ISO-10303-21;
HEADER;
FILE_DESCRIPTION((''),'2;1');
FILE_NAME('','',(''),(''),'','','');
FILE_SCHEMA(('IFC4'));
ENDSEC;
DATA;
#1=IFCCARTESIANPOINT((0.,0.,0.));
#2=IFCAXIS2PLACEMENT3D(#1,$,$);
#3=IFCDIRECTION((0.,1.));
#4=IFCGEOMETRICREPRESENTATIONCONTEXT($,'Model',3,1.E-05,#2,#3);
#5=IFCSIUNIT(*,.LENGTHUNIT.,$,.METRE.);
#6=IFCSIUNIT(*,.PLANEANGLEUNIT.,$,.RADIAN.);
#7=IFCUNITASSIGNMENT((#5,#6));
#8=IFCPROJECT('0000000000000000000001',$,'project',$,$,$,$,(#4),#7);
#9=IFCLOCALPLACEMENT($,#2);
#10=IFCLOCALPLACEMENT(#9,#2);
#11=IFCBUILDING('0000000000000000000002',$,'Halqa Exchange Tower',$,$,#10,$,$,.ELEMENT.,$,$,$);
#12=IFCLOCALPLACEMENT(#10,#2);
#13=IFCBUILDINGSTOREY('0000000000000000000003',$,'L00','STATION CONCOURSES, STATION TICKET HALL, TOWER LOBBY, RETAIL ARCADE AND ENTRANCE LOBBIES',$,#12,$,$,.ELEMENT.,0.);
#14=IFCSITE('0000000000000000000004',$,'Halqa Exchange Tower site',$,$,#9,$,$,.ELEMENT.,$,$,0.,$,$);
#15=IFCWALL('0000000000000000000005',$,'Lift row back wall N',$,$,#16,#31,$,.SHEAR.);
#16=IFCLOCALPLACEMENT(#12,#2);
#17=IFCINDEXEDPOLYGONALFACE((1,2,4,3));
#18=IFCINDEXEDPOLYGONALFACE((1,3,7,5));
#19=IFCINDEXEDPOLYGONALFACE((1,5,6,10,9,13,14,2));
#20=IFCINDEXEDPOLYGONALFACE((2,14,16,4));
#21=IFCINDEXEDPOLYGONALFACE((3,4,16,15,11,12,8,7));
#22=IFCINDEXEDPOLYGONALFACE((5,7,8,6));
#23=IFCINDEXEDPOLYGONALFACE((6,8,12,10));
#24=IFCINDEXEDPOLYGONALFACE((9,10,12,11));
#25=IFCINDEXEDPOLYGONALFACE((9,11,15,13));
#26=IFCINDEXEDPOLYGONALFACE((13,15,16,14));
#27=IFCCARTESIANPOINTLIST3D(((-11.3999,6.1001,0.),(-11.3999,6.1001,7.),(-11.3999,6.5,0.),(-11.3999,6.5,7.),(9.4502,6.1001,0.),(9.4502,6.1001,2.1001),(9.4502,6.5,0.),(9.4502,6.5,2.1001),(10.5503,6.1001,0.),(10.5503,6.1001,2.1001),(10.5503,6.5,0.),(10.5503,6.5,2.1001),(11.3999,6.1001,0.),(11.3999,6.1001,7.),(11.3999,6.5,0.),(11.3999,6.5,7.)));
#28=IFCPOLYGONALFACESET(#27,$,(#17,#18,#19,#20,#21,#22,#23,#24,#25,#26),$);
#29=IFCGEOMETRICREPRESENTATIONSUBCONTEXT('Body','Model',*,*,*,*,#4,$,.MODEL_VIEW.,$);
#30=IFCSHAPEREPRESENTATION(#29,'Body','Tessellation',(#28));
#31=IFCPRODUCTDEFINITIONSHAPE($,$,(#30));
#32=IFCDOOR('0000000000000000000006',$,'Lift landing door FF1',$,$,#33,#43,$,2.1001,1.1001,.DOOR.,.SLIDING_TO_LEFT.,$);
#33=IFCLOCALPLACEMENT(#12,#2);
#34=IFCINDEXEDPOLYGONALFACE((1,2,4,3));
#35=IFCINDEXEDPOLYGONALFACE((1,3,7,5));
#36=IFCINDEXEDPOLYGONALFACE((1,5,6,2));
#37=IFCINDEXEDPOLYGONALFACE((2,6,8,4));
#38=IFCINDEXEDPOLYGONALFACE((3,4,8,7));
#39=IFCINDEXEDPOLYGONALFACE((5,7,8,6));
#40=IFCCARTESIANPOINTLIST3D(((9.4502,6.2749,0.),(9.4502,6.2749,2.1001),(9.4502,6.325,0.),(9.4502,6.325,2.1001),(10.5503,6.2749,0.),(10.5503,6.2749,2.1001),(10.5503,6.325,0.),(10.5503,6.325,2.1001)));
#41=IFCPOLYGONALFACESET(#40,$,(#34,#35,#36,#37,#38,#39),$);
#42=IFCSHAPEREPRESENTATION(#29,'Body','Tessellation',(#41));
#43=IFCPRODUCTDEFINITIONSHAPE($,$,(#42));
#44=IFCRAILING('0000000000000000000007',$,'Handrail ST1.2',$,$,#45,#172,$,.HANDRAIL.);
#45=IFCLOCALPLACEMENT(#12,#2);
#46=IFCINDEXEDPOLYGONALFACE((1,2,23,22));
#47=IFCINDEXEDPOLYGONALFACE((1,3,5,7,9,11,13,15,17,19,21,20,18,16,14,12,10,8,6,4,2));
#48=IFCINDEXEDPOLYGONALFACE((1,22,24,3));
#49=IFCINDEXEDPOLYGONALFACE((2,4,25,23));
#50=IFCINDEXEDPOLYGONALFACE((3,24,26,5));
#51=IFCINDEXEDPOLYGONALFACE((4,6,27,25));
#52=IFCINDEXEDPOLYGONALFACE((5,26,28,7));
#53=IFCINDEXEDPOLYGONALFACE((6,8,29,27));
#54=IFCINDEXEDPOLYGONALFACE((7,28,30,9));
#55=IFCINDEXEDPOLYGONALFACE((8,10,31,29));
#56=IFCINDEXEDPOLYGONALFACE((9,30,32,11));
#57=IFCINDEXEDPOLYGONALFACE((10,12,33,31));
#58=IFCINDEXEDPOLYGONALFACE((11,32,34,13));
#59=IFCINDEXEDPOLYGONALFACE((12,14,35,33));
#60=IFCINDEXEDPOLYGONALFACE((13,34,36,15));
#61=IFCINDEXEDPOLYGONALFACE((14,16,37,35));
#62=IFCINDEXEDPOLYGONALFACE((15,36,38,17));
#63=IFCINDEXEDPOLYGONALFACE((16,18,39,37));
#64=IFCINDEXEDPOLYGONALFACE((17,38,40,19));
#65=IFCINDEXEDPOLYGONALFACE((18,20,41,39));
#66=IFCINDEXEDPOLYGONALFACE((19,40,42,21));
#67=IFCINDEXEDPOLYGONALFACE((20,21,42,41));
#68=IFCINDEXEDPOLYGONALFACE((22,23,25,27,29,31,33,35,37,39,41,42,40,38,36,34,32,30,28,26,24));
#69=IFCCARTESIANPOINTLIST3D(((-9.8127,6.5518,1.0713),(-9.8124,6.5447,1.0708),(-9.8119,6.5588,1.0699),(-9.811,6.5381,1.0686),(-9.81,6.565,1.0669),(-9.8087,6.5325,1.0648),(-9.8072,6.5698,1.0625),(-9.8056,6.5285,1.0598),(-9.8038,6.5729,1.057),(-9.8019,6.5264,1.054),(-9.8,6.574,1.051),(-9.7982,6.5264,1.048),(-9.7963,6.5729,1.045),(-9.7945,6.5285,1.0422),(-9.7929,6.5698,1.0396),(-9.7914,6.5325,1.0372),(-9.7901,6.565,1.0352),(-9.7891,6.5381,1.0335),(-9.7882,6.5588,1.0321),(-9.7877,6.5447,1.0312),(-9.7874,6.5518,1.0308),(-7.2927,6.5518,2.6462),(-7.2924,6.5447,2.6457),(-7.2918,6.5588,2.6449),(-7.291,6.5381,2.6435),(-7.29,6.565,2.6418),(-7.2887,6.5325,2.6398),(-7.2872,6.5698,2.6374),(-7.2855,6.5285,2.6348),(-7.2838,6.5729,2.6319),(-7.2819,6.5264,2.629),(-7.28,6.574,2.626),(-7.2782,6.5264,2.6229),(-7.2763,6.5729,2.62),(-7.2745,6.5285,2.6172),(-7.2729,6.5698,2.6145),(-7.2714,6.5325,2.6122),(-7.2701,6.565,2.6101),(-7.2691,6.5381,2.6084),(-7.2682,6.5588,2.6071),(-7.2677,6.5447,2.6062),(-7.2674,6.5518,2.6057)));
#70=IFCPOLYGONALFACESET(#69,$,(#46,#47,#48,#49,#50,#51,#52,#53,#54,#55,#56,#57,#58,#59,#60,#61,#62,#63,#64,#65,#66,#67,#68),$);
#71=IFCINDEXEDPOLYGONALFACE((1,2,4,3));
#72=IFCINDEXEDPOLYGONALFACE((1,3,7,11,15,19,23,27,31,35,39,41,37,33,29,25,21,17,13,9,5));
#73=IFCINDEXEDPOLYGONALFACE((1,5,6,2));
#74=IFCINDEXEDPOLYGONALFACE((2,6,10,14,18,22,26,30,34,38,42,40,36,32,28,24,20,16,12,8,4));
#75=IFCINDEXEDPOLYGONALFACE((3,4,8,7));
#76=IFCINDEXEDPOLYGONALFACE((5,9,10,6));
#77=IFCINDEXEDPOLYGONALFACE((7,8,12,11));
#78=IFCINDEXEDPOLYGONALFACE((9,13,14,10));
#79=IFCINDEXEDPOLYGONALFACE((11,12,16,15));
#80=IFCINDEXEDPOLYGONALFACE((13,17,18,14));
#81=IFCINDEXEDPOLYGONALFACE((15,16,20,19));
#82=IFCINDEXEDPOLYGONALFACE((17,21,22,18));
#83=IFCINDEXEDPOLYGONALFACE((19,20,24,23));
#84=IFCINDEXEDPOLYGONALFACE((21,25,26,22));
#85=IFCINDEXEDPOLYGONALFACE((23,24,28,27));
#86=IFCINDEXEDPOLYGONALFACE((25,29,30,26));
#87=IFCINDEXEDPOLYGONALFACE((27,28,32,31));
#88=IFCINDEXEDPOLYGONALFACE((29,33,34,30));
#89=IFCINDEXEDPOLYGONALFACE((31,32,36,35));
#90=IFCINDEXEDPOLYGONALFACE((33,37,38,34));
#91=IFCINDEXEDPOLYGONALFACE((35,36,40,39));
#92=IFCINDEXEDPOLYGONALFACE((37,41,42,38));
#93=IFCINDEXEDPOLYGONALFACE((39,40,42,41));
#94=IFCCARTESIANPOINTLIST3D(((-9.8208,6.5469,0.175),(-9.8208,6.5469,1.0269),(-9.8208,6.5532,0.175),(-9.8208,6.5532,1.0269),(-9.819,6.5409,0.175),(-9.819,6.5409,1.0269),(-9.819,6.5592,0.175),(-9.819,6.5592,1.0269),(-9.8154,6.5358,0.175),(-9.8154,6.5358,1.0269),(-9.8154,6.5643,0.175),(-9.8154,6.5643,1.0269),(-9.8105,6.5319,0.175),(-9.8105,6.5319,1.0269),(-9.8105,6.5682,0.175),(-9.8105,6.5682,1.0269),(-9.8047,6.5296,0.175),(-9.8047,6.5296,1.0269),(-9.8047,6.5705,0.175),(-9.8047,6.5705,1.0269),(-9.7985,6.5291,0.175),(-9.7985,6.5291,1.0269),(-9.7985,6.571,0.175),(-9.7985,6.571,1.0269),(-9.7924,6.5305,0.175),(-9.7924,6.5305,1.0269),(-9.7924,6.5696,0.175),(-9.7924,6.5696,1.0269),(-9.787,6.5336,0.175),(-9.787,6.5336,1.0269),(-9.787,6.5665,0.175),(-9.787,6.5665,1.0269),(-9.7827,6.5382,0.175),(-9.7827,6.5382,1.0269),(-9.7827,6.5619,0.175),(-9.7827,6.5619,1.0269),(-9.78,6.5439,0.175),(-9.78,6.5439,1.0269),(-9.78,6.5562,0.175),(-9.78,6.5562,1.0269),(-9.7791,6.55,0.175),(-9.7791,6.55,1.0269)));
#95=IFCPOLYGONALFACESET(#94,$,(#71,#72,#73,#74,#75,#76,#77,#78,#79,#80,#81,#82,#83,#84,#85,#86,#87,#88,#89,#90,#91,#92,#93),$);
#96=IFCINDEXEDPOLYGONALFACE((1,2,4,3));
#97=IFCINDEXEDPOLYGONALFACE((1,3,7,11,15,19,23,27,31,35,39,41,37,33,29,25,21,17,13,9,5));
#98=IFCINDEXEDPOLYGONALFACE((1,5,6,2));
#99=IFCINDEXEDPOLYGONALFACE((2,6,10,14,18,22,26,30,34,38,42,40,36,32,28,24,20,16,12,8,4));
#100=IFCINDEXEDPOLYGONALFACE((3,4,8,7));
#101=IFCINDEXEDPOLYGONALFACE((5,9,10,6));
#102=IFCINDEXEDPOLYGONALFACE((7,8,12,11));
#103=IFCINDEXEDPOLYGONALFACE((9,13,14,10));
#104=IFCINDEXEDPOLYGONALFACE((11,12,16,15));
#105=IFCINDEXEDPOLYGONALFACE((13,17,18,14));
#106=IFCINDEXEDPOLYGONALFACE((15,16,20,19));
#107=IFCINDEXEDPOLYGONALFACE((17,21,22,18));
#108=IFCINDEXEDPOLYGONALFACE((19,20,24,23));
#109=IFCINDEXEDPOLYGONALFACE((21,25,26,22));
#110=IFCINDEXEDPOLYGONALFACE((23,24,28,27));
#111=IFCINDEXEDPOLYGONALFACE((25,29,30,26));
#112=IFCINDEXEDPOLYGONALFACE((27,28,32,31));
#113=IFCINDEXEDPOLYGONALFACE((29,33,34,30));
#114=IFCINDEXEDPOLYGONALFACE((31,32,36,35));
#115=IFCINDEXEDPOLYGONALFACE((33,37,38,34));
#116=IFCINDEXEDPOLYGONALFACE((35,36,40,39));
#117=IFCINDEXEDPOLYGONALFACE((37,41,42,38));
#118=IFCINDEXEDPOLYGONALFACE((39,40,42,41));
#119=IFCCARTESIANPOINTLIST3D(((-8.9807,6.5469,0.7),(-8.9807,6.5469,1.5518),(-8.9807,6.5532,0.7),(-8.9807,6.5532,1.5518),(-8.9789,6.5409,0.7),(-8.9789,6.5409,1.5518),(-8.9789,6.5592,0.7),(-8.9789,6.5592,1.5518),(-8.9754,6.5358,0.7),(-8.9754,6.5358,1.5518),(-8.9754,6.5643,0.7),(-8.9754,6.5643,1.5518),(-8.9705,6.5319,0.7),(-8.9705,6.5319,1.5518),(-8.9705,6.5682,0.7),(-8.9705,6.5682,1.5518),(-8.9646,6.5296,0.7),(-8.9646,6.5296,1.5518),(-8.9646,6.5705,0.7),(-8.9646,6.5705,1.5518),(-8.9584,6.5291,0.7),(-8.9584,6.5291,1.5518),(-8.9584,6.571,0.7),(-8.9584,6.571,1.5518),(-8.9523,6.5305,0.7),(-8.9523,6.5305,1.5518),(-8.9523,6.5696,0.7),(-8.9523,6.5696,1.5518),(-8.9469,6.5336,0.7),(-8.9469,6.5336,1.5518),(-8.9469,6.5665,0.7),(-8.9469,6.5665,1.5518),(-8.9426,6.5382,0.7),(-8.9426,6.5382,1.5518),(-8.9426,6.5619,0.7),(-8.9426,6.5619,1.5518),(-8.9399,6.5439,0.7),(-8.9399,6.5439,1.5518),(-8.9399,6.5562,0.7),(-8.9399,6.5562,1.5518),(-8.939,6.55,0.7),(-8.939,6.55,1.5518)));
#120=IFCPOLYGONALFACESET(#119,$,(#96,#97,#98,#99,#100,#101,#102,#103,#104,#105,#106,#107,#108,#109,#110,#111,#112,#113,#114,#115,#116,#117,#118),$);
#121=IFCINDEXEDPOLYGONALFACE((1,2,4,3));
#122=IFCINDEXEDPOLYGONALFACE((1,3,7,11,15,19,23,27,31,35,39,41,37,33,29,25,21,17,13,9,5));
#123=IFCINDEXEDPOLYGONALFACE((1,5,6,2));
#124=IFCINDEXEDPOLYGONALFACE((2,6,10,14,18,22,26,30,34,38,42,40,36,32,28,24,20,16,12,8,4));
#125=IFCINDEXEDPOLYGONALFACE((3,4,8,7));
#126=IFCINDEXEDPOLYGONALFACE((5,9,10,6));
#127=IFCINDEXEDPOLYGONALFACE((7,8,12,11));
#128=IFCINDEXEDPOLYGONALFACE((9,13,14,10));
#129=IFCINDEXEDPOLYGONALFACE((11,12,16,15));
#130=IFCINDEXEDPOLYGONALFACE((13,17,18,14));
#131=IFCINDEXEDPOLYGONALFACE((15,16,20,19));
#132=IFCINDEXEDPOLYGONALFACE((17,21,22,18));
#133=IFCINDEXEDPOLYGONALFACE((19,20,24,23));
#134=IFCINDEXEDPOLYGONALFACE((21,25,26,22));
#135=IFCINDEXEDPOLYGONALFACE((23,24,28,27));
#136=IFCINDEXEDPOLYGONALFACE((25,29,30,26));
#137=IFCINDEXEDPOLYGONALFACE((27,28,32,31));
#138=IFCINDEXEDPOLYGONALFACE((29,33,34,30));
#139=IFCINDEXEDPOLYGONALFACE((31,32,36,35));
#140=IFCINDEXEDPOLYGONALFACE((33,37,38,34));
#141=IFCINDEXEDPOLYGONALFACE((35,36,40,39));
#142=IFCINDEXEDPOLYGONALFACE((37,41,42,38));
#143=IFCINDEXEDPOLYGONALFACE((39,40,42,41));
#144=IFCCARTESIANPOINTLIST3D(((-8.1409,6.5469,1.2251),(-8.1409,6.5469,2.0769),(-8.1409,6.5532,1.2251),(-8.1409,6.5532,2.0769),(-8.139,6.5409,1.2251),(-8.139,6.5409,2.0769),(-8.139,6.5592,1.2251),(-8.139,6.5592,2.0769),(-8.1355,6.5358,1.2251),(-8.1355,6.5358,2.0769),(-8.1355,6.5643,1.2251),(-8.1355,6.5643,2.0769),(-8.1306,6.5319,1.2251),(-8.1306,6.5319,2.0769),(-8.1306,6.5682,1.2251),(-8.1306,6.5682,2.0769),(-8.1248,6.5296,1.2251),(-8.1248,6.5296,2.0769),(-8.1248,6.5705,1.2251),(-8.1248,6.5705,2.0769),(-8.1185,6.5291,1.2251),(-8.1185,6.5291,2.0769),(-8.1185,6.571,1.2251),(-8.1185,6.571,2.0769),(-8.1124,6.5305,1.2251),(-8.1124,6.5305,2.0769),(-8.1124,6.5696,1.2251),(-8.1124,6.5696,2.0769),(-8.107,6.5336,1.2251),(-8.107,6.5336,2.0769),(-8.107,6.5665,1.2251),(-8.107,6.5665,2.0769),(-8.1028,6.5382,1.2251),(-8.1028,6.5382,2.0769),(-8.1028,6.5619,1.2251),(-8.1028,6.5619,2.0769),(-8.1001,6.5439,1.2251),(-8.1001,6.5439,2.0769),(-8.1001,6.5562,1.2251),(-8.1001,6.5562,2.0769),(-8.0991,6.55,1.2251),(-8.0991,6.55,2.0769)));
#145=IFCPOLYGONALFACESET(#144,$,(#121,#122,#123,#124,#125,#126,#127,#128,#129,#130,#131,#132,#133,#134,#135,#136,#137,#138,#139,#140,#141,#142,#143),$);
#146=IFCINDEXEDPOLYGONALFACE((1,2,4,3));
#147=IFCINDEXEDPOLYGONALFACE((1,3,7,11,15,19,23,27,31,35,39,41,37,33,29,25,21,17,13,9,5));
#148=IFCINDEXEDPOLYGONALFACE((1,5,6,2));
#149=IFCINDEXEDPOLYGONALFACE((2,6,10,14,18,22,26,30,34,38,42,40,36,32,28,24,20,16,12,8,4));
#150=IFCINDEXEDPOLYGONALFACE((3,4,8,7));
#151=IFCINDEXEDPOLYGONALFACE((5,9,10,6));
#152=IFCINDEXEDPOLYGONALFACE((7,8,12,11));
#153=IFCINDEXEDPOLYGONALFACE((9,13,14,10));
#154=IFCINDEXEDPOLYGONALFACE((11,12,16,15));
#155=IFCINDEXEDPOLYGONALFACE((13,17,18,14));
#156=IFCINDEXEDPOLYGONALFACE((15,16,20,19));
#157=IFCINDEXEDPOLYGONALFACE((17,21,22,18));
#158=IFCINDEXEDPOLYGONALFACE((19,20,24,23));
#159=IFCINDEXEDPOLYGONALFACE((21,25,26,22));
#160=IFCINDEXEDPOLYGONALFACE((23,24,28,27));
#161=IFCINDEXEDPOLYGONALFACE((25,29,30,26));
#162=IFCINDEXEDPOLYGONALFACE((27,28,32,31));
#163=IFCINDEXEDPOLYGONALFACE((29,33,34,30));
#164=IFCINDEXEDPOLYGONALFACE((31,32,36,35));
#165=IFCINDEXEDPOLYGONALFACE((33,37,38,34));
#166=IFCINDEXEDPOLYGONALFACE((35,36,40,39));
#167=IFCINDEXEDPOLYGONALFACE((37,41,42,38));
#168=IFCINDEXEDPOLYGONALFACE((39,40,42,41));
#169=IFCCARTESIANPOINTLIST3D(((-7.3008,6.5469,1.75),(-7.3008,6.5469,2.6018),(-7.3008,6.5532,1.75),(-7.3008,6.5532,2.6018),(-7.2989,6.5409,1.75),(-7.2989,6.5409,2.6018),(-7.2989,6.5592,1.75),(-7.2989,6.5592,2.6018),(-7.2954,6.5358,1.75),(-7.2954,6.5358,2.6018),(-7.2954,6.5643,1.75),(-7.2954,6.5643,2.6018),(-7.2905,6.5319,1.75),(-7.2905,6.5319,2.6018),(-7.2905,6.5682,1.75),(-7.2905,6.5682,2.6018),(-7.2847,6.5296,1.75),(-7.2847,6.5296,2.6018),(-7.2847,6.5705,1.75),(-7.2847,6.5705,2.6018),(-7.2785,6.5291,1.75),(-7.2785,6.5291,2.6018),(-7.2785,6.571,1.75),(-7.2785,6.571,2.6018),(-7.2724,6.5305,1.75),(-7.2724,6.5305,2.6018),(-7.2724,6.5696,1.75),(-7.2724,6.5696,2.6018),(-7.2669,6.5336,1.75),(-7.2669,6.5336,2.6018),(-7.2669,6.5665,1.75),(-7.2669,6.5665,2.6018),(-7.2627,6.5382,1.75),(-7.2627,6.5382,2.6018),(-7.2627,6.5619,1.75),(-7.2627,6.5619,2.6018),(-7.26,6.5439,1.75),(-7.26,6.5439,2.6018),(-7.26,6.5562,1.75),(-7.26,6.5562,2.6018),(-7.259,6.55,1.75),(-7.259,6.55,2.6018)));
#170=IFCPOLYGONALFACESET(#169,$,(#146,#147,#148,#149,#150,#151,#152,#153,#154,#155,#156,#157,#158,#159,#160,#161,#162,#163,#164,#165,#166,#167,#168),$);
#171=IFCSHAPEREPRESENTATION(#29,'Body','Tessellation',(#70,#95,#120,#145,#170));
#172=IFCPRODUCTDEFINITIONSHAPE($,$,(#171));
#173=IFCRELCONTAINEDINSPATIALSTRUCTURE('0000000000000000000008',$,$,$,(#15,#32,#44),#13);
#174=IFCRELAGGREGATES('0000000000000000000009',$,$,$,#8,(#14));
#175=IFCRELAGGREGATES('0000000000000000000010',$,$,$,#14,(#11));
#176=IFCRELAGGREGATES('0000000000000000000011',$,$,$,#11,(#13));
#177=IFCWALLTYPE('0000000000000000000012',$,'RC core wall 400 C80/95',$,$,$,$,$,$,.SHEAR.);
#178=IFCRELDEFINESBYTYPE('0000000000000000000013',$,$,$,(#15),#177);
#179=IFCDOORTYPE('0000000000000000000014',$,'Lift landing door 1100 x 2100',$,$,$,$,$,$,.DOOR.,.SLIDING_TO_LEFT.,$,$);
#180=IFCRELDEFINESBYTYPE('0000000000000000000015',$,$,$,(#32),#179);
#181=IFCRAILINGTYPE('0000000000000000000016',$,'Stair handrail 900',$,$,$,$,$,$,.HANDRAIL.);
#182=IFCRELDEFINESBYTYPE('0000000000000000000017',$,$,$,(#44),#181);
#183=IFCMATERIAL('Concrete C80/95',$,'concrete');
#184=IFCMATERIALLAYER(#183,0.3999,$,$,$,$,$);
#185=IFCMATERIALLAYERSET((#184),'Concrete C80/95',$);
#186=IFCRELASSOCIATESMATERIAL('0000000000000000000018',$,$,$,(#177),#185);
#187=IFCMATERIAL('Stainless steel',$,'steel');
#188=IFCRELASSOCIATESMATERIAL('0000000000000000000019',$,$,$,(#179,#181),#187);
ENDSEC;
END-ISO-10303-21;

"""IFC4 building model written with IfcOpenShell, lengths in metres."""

from ifc_helpers import new_model, si_unit, direction, frame, frame_2d, origin, origin_2d, place, context, subcontext, project, spatial, rectangle, circle, extrude, material, layer, layer_set, type_object, element, fill, save


model = new_model("IFC4")

# Units and contexts
model_context = context("Model", 3, precision=1e-05, world=origin(), true_north=direction((0.0, 1.0)))
body_context = subcontext(model_context, "Body", "Model", "MODEL_VIEW")
ifc_project = project(units=[si_unit("LENGTHUNIT", "METRE"), si_unit("PLANEANGLEUNIT", "RADIAN")], contexts=[model_context])

# Site, building, storey
site_placement = place(None, origin())
site = spatial("IfcSite", under=ifc_project, at=site_placement, Name="Halqa Exchange Tower site", CompositionType="ELEMENT", RefElevation=0.0)
building_placement = place(site_placement, origin())
building = spatial("IfcBuilding", under=site, at=building_placement, Name="Halqa Exchange Tower", CompositionType="ELEMENT")
storey_placement = place(building_placement, origin())
storey = spatial("IfcBuildingStorey", under=building, at=storey_placement, Name="L00", Description="STATION CONCOURSES, STATION TICKET HALL, TOWER LOBBY, RETAIL ARCADE AND ENTRANCE LOBBIES", CompositionType="ELEMENT", Elevation=0.0)

# Shared definitions
ifc_material_1 = material(Name="Concrete C80/95", Category="concrete")
ifc_layer_1 = layer(ifc_material_1, 0.3999)
ifc_layer_set_1 = layer_set([ifc_layer_1], Name="Concrete C80/95")
wall_type_1 = type_object("IfcWallType", Name="RC core wall 400 C80/95", PredefinedType="SHEAR", material=ifc_layer_set_1)
ifc_material_2 = material(Name="Stainless steel", Category="steel")
door_type = type_object("IfcDoorType", Name="Lift landing door 1100 x 2100", OperationType="SLIDING_TO_LEFT", PredefinedType="DOOR", material=ifc_material_2)

# Wall, opening, door
wall_1_placement = place(storey_placement, frame((-11.3999, 6.3, 0.0), z_axis=(0.0, 0.0, 1.0), x_axis=(1.0, 0.0, 0.0)))
wall_1 = element("IfcWall", 1, at=wall_1_placement, inside=storey, type_object=wall_type_1, Name="Lift row back wall N", PredefinedType="SHEAR", context=body_context, shape_type="SweptSolid", body=[
    extrude(rectangle(XDim=22.7998, YDim=0.3999, at=frame_2d((11.3999, 0.0))), origin(), (0.0, 0.0, 1.0), 7.0),
])
opening_1_placement = place(wall_1_placement, frame((20.8501, 0.0, 0.0)))
opening_1 = element("IfcOpeningElement", 2, at=opening_1_placement, cuts=wall_1, PredefinedType="OPENING", context=body_context, shape_type="SweptSolid", body=[
    extrude(rectangle(XDim=1.1001, YDim=2.1001, at=frame_2d((0.55, 1.05))), frame((0.0, 0.2119, 0.0), z_axis=(0.0, -1.0, 0.0), x_axis=(1.0, 0.0, 0.0)), (0.0, 0.0, 1.0), 0.4238),
])
door_1_placement = place(opening_1_placement, origin())
door_1 = element("IfcDoor", 3, at=door_1_placement, inside=storey, type_object=door_type, Name="Lift landing door FF1", OperationType="SLIDING_TO_LEFT", OverallHeight=2.1001, OverallWidth=1.1001, PredefinedType="DOOR", context=body_context, shape_type="SweptSolid", body=[
    extrude(rectangle(XDim=1.1001, YDim=2.1001, at=frame_2d((0.55, 1.05))), frame((0.0, 0.0249, 0.0), z_axis=(0.0, -1.0, 0.0), x_axis=(1.0, 0.0, 0.0)), (0.0, 0.0, 1.0), 0.05),
])
fill(opening_1, door_1)

# Railing
railing_type_1 = type_object("IfcRailingType", Name="Stair handrail 900", PredefinedType="HANDRAIL", material=ifc_material_2)
for number, where, name in (
    (4, (-9.8, 6.55, 0.175), "Handrail ST1.2"),
):
    element("IfcRailing", number, at=place(storey_placement, frame(where)), inside=storey, type_object=railing_type_1, Name=name, PredefinedType="HANDRAIL", context=body_context, shape_type="SweptSolid", body=[
        extrude(circle(Radius=0.0239, at=origin_2d()), frame((0.0, 0.0, 0.876), z_axis=(0.848008, 0.0, 0.529984), x_axis=(0.0, 1.0, 0.0)), (0.0, 0.0, 1.0), 2.9717),
        extrude(circle(Radius=0.021, at=origin_2d()), origin(), (0.0, 0.0, 1.0), 0.8518),
        extrude(circle(Radius=0.021, at=origin_2d()), frame((0.8401, 0.0, 0.5249)), (0.0, 0.0, 1.0), 0.8518),
        extrude(circle(Radius=0.021, at=origin_2d()), frame((1.6799, 0.0, 1.05)), (0.0, 0.0, 1.0), 0.8518),
        extrude(circle(Radius=0.021, at=origin_2d()), frame((2.52, 0.0, 1.575)), (0.0, 0.0, 1.0), 0.8518),
    ])

save(model, "model.ifc")
